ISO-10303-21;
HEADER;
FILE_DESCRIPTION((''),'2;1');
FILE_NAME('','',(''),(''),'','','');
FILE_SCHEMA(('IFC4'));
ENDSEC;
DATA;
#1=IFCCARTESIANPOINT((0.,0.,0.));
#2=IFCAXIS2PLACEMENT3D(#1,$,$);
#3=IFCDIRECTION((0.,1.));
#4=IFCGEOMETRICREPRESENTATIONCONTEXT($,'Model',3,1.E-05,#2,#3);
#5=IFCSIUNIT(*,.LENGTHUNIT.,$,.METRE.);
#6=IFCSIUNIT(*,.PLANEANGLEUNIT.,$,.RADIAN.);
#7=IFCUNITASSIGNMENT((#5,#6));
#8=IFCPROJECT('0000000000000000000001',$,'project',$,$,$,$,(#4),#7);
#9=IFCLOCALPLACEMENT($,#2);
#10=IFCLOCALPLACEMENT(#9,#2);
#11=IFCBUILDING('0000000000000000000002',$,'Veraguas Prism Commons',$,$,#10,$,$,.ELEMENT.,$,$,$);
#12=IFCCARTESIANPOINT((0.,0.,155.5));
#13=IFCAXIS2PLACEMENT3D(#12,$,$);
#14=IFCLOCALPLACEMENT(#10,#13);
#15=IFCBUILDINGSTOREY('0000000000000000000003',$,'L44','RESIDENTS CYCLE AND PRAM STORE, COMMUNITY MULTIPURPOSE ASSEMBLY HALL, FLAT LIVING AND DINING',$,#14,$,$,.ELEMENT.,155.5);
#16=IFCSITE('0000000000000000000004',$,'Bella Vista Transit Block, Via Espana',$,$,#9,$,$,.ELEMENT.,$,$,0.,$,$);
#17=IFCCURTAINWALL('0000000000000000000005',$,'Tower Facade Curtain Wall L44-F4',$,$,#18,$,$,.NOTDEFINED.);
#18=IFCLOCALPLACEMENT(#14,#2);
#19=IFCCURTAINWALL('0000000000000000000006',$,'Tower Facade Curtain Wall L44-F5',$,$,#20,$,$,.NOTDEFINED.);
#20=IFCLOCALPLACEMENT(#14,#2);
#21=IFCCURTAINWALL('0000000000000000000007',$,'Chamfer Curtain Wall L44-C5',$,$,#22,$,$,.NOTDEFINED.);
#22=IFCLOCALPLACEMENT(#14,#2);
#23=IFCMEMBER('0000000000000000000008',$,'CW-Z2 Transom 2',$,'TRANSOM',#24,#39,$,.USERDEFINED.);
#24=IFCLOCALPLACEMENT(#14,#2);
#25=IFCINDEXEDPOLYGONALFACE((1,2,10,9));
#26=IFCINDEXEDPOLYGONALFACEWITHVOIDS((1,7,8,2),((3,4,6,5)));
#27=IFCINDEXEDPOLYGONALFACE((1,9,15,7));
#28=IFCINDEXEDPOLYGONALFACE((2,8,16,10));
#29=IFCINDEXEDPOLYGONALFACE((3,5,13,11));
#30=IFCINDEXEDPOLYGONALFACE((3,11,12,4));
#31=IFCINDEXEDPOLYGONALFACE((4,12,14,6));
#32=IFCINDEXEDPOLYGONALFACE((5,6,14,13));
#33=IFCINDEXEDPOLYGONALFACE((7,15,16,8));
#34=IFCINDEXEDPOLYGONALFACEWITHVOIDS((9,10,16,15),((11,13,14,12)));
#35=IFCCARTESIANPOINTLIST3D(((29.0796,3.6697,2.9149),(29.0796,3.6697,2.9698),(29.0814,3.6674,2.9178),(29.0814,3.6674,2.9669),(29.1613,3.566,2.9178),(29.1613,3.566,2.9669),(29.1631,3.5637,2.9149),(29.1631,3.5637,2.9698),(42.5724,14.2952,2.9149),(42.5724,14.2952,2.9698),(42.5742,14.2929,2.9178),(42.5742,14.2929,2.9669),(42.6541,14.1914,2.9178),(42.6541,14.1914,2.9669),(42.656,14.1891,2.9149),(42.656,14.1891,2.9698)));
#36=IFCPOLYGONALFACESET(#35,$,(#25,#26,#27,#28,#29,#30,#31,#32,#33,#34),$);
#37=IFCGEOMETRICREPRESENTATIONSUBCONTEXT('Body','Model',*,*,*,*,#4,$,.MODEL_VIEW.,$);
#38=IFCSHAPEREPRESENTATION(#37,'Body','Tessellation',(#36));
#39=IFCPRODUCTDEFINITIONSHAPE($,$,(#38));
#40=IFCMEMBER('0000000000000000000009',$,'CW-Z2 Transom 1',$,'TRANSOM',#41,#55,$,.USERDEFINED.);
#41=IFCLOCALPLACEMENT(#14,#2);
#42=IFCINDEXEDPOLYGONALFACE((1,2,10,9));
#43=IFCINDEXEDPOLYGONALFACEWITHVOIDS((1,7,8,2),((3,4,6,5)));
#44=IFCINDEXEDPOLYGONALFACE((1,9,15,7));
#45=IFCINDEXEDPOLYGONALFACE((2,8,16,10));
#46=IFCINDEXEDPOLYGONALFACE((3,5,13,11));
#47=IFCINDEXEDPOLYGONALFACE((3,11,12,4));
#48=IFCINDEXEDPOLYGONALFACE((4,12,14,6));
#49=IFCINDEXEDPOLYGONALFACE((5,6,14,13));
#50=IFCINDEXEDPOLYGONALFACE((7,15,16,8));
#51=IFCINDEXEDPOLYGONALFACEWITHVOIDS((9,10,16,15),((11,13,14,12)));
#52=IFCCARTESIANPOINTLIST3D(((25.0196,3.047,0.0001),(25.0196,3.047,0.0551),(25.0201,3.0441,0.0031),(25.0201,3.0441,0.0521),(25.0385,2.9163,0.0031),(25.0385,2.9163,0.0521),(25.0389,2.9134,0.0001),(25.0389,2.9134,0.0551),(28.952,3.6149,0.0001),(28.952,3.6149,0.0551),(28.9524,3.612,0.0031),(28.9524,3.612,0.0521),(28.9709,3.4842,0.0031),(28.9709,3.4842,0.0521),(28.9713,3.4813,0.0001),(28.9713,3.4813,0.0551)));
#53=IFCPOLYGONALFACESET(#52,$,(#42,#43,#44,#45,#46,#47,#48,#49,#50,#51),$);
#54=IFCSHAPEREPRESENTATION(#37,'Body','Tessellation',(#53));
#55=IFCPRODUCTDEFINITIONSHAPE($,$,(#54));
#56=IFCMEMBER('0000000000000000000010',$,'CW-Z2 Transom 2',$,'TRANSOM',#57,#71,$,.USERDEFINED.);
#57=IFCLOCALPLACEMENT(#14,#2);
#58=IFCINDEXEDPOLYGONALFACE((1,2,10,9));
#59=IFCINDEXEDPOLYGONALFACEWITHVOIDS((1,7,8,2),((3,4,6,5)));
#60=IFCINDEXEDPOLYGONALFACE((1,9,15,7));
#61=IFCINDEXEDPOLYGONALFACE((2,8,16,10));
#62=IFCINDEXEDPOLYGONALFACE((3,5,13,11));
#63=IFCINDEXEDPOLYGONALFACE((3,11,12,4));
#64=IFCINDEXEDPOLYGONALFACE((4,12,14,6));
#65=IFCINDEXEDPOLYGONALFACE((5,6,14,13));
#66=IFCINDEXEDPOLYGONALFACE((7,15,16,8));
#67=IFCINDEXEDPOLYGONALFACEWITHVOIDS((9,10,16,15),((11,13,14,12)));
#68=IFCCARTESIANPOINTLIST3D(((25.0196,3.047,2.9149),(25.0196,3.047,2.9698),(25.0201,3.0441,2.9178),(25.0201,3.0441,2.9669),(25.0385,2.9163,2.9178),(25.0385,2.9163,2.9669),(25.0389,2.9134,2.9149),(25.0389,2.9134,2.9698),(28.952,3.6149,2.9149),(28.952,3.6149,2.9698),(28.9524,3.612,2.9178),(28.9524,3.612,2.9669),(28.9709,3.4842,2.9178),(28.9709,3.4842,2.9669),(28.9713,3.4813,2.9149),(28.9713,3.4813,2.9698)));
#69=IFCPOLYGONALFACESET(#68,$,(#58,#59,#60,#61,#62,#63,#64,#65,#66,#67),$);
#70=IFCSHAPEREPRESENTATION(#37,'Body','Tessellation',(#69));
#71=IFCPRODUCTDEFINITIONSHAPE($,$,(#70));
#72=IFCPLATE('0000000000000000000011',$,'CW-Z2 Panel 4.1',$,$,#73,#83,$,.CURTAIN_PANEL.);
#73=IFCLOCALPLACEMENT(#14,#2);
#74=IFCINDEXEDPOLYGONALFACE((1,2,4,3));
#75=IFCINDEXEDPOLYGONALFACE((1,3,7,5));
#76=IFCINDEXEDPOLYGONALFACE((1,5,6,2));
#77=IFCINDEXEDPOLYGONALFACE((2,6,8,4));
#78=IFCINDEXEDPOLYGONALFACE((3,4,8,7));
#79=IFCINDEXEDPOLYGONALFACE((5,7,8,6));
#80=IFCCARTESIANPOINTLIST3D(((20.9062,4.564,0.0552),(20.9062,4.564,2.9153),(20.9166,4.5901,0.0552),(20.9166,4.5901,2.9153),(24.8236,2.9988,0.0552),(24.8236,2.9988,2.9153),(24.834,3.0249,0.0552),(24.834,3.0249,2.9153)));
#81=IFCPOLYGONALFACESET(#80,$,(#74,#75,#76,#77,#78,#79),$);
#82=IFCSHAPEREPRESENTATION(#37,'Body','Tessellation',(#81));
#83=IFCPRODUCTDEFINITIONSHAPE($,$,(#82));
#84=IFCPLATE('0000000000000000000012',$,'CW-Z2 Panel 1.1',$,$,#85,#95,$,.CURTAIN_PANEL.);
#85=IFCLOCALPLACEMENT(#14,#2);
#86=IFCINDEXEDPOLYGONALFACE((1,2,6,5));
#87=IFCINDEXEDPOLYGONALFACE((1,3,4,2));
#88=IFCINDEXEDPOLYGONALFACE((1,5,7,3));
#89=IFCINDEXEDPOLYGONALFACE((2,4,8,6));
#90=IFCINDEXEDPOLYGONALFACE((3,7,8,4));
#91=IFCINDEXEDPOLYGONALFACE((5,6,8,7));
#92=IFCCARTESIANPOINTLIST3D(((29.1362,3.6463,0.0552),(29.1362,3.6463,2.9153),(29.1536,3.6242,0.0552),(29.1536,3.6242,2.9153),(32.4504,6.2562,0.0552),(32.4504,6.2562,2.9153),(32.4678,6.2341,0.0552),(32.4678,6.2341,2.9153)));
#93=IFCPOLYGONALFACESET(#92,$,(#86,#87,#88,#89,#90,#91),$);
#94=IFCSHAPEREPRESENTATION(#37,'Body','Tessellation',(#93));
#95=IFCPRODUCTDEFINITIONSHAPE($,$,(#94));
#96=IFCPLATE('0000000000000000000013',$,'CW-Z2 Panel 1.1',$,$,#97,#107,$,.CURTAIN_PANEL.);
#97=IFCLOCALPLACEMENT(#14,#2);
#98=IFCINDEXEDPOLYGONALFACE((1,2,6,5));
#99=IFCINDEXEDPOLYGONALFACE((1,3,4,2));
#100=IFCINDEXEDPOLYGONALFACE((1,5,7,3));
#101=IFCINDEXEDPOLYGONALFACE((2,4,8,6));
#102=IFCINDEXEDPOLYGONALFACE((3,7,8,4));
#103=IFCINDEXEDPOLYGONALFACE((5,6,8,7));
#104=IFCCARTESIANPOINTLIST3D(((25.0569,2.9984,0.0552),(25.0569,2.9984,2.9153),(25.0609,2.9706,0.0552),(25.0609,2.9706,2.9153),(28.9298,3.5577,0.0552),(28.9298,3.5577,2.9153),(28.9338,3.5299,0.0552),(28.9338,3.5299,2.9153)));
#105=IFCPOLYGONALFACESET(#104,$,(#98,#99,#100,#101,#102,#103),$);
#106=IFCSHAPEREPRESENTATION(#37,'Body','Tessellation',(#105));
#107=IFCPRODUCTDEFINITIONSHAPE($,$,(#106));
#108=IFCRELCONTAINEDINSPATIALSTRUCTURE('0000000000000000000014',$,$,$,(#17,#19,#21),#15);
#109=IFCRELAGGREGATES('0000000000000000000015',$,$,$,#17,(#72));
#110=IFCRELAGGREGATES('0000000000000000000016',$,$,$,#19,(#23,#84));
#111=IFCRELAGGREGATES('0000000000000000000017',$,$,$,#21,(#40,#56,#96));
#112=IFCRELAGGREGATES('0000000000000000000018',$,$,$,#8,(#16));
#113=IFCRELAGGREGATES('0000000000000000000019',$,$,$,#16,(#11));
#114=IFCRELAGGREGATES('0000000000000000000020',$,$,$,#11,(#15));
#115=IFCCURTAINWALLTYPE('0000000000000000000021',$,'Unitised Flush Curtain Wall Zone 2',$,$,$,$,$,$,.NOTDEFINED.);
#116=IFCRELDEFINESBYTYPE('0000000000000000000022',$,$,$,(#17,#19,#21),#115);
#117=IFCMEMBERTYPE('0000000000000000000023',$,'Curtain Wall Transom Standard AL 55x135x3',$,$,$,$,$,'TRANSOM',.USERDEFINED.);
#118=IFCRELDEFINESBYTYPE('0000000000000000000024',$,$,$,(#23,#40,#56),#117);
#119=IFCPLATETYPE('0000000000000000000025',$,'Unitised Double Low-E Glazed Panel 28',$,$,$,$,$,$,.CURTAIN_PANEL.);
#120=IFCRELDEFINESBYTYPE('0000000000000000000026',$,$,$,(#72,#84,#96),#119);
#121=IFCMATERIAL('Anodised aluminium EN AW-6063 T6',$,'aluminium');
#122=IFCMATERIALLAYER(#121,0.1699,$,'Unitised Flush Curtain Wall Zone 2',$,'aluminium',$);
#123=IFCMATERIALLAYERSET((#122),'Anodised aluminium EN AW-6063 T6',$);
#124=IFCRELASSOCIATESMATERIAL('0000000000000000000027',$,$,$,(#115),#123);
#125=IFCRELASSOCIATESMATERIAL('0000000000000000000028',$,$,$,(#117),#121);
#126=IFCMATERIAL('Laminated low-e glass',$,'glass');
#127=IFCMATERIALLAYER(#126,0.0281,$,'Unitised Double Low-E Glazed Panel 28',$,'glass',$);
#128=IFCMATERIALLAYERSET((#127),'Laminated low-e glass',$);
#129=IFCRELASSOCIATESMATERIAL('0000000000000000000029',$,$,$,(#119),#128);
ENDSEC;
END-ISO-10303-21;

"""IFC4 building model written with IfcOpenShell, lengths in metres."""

from ifc_helpers import new_model, si_unit, direction, frame, origin, origin_2d, place, context, subcontext, project, spatial, rectangle, hollow_rectangle, extrude, source, transform, mapped, material, layer, layer_set, material_profile, profile_set, type_object, element, aggregate, save


model = new_model("IFC4")

# Units and contexts
model_context = context("Model", 3, precision=1e-05, world=origin(), true_north=direction((0.0, 1.0)))
body_context = subcontext(model_context, "Body", "Model", "MODEL_VIEW")
ifc_project = project(units=[si_unit("LENGTHUNIT", "METRE"), si_unit("PLANEANGLEUNIT", "RADIAN")], contexts=[model_context])

# Site, building, storey
site_placement = place(None, origin())
site = spatial("IfcSite", under=ifc_project, at=site_placement, Name="Bella Vista Transit Block, Via Espana", CompositionType="ELEMENT", RefElevation=0.0)
building_placement = place(site_placement, origin())
building = spatial("IfcBuilding", under=site, at=building_placement, Name="Veraguas Prism Commons", CompositionType="ELEMENT")
storey_placement = place(building_placement, frame((0.0, 0.0, 155.5)))
storey = spatial("IfcBuildingStorey", under=building, at=storey_placement, Name="L44", Description="RESIDENTS CYCLE AND PRAM STORE, COMMUNITY MULTIPURPOSE ASSEMBLY HALL, FLAT LIVING AND DINING", CompositionType="ELEMENT", Elevation=155.5)

# Curtain walls
ifc_material_1 = material(Name="Anodised aluminium EN AW-6063 T6", Category="aluminium")
ifc_layer_1 = layer(ifc_material_1, 0.1699, Name="Unitised Flush Curtain Wall Zone 2", Category="aluminium")
ifc_layer_set_1 = layer_set([ifc_layer_1], Name="Anodised aluminium EN AW-6063 T6")
curtain_wall_type = type_object("IfcCurtainWallType", Name="Unitised Flush Curtain Wall Zone 2", PredefinedType="NOTDEFINED", material=ifc_layer_set_1)
curtain_wall_1_placement = place(storey_placement, origin())
curtain_wall_1 = element("IfcCurtainWall", 1, at=curtain_wall_1_placement, inside=storey, type_object=curtain_wall_type, Name="Tower Facade Curtain Wall L44-F4", PredefinedType="NOTDEFINED")
curtain_wall_2_placement = place(storey_placement, origin())
curtain_wall_2 = element("IfcCurtainWall", 2, at=curtain_wall_2_placement, inside=storey, type_object=curtain_wall_type, Name="Tower Facade Curtain Wall L44-F5", PredefinedType="NOTDEFINED")

# Curtain wall
curtain_wall_3_placement = place(storey_placement, origin())
curtain_wall_3 = element("IfcCurtainWall", 3, at=curtain_wall_3_placement, inside=storey, type_object=curtain_wall_type, Name="Chamfer Curtain Wall L44-C5", PredefinedType="NOTDEFINED")

# Members
ifc_material_profile_1 = material_profile(ifc_material_1, hollow_rectangle(XDim=0.0549, YDim=0.135, WallThickness=0.0029, at=origin_2d()), Name="AL55X135X3")
ifc_profile_set_1 = profile_set([ifc_material_profile_1], Name="Anodised aluminium EN AW-6063 T6")
member_type_1 = type_object("IfcMemberType", Name="Curtain Wall Transom Standard AL 55x135x3", ElementType="TRANSOM", PredefinedType="USERDEFINED", material=ifc_profile_set_1)
shared_shape_1 = source(origin(), body_context, "Body", "SweptSolid", [
    extrude(hollow_rectangle(XDim=0.0549, YDim=0.135, WallThickness=0.0029, at=origin_2d()), origin(), (0.0, 0.0, 1.0), 17.1743),
])
member_1_placement = place(storey_placement, frame((29.1213, 3.6167, 2.9424), z_axis=(0.785642, 0.618682, 0.0), x_axis=(0.0, 0.0, 1.0)))
member_1 = element("IfcMember", 4, at=member_1_placement, type_object=member_type_1, Name="CW-Z2 Transom 2", ObjectType="TRANSOM", PredefinedType="USERDEFINED", context=body_context, shape_type="MappedRepresentation", body=[
    mapped(shared_shape_1, transform((0.0, 0.0, 0.0), scale=1.0)),
])
shared_shape_2 = source(origin(), body_context, "Body", "SweptSolid", [
    extrude(hollow_rectangle(XDim=0.0549, YDim=0.135, WallThickness=0.0029, at=origin_2d()), origin(), (0.0, 0.0, 1.0), 3.9731),
])
member_2_placement = place(storey_placement, frame((25.0293, 2.9802, 0.0276), z_axis=(0.989733, 0.142927, 0.0), x_axis=(0.0, 0.0, 1.0)))
member_2 = element("IfcMember", 5, at=member_2_placement, type_object=member_type_1, Name="CW-Z2 Transom 1", ObjectType="TRANSOM", PredefinedType="USERDEFINED", context=body_context, shape_type="MappedRepresentation", body=[
    mapped(shared_shape_2, transform((0.0, 0.0, 0.0), scale=1.0)),
])
member_3_placement = place(storey_placement, frame((25.0293, 2.9802, 2.9424), z_axis=(0.989733, 0.142927, 0.0), x_axis=(0.0, 0.0, 1.0)))
member_3 = element("IfcMember", 6, at=member_3_placement, type_object=member_type_1, Name="CW-Z2 Transom 2", ObjectType="TRANSOM", PredefinedType="USERDEFINED", context=body_context, shape_type="MappedRepresentation", body=[
    mapped(shared_shape_2, transform((0.0, 0.0, 0.0), scale=1.0)),
])

# Plates
ifc_material_2 = material(Name="Laminated low-e glass", Category="glass")
ifc_layer_2 = layer(ifc_material_2, 0.0281, Name="Unitised Double Low-E Glazed Panel 28", Category="glass")
ifc_layer_set_2 = layer_set([ifc_layer_2], Name="Laminated low-e glass")
plate_type = type_object("IfcPlateType", Name="Unitised Double Low-E Glazed Panel 28", PredefinedType="CURTAIN_PANEL", material=ifc_layer_set_2)
shared_shape_3 = source(origin(), body_context, "Body", "SweptSolid", [
    extrude(rectangle(XDim=4.2185, YDim=0.0281, at=origin_2d()), origin(), (0.0, 0.0, 1.0), 2.8601),
])
plate_1_placement = place(storey_placement, frame((22.8701, 3.7944, 0.0552), z_axis=(0.0, 0.0, 1.0), x_axis=(0.928617, -0.371039, 0.0)))
plate_1 = element("IfcPlate", 7, at=plate_1_placement, type_object=plate_type, Name="CW-Z2 Panel 4.1", PredefinedType="CURTAIN_PANEL", context=body_context, shape_type="MappedRepresentation", body=[
    mapped(shared_shape_3, transform((0.0, 0.0, 0.0), scale=1.0)),
])
aggregate(curtain_wall_1, [plate_1])
plate_2_placement = place(storey_placement, frame((30.802, 4.9402, 0.0552), z_axis=(0.0, 0.0, 1.0), x_axis=(0.78564, 0.618684, 0.0)))
plate_2 = element("IfcPlate", 8, at=plate_2_placement, type_object=plate_type, Name="CW-Z2 Panel 1.1", PredefinedType="CURTAIN_PANEL", context=body_context, shape_type="MappedRepresentation", body=[
    mapped(shared_shape_3, transform((0.0, 0.0, 0.0), scale=1.0)),
])
aggregate(curtain_wall_2, [member_1, plate_2])
shared_shape_4 = source(origin(), body_context, "Body", "SweptSolid", [
    extrude(rectangle(XDim=3.9131, YDim=0.0281, at=origin_2d()), origin(), (0.0, 0.0, 1.0), 2.8601),
])
plate_3_placement = place(storey_placement, frame((26.9954, 3.2642, 0.0552), z_axis=(0.0, 0.0, 1.0), x_axis=(0.989731, 0.142942, 0.0)))
plate_3 = element("IfcPlate", 9, at=plate_3_placement, type_object=plate_type, Name="CW-Z2 Panel 1.1", PredefinedType="CURTAIN_PANEL", context=body_context, shape_type="MappedRepresentation", body=[
    mapped(shared_shape_4, transform((0.0, 0.0, 0.0), scale=1.0)),
])
aggregate(curtain_wall_3, [member_2, member_3, plate_3])

save(model, "model.ifc")
